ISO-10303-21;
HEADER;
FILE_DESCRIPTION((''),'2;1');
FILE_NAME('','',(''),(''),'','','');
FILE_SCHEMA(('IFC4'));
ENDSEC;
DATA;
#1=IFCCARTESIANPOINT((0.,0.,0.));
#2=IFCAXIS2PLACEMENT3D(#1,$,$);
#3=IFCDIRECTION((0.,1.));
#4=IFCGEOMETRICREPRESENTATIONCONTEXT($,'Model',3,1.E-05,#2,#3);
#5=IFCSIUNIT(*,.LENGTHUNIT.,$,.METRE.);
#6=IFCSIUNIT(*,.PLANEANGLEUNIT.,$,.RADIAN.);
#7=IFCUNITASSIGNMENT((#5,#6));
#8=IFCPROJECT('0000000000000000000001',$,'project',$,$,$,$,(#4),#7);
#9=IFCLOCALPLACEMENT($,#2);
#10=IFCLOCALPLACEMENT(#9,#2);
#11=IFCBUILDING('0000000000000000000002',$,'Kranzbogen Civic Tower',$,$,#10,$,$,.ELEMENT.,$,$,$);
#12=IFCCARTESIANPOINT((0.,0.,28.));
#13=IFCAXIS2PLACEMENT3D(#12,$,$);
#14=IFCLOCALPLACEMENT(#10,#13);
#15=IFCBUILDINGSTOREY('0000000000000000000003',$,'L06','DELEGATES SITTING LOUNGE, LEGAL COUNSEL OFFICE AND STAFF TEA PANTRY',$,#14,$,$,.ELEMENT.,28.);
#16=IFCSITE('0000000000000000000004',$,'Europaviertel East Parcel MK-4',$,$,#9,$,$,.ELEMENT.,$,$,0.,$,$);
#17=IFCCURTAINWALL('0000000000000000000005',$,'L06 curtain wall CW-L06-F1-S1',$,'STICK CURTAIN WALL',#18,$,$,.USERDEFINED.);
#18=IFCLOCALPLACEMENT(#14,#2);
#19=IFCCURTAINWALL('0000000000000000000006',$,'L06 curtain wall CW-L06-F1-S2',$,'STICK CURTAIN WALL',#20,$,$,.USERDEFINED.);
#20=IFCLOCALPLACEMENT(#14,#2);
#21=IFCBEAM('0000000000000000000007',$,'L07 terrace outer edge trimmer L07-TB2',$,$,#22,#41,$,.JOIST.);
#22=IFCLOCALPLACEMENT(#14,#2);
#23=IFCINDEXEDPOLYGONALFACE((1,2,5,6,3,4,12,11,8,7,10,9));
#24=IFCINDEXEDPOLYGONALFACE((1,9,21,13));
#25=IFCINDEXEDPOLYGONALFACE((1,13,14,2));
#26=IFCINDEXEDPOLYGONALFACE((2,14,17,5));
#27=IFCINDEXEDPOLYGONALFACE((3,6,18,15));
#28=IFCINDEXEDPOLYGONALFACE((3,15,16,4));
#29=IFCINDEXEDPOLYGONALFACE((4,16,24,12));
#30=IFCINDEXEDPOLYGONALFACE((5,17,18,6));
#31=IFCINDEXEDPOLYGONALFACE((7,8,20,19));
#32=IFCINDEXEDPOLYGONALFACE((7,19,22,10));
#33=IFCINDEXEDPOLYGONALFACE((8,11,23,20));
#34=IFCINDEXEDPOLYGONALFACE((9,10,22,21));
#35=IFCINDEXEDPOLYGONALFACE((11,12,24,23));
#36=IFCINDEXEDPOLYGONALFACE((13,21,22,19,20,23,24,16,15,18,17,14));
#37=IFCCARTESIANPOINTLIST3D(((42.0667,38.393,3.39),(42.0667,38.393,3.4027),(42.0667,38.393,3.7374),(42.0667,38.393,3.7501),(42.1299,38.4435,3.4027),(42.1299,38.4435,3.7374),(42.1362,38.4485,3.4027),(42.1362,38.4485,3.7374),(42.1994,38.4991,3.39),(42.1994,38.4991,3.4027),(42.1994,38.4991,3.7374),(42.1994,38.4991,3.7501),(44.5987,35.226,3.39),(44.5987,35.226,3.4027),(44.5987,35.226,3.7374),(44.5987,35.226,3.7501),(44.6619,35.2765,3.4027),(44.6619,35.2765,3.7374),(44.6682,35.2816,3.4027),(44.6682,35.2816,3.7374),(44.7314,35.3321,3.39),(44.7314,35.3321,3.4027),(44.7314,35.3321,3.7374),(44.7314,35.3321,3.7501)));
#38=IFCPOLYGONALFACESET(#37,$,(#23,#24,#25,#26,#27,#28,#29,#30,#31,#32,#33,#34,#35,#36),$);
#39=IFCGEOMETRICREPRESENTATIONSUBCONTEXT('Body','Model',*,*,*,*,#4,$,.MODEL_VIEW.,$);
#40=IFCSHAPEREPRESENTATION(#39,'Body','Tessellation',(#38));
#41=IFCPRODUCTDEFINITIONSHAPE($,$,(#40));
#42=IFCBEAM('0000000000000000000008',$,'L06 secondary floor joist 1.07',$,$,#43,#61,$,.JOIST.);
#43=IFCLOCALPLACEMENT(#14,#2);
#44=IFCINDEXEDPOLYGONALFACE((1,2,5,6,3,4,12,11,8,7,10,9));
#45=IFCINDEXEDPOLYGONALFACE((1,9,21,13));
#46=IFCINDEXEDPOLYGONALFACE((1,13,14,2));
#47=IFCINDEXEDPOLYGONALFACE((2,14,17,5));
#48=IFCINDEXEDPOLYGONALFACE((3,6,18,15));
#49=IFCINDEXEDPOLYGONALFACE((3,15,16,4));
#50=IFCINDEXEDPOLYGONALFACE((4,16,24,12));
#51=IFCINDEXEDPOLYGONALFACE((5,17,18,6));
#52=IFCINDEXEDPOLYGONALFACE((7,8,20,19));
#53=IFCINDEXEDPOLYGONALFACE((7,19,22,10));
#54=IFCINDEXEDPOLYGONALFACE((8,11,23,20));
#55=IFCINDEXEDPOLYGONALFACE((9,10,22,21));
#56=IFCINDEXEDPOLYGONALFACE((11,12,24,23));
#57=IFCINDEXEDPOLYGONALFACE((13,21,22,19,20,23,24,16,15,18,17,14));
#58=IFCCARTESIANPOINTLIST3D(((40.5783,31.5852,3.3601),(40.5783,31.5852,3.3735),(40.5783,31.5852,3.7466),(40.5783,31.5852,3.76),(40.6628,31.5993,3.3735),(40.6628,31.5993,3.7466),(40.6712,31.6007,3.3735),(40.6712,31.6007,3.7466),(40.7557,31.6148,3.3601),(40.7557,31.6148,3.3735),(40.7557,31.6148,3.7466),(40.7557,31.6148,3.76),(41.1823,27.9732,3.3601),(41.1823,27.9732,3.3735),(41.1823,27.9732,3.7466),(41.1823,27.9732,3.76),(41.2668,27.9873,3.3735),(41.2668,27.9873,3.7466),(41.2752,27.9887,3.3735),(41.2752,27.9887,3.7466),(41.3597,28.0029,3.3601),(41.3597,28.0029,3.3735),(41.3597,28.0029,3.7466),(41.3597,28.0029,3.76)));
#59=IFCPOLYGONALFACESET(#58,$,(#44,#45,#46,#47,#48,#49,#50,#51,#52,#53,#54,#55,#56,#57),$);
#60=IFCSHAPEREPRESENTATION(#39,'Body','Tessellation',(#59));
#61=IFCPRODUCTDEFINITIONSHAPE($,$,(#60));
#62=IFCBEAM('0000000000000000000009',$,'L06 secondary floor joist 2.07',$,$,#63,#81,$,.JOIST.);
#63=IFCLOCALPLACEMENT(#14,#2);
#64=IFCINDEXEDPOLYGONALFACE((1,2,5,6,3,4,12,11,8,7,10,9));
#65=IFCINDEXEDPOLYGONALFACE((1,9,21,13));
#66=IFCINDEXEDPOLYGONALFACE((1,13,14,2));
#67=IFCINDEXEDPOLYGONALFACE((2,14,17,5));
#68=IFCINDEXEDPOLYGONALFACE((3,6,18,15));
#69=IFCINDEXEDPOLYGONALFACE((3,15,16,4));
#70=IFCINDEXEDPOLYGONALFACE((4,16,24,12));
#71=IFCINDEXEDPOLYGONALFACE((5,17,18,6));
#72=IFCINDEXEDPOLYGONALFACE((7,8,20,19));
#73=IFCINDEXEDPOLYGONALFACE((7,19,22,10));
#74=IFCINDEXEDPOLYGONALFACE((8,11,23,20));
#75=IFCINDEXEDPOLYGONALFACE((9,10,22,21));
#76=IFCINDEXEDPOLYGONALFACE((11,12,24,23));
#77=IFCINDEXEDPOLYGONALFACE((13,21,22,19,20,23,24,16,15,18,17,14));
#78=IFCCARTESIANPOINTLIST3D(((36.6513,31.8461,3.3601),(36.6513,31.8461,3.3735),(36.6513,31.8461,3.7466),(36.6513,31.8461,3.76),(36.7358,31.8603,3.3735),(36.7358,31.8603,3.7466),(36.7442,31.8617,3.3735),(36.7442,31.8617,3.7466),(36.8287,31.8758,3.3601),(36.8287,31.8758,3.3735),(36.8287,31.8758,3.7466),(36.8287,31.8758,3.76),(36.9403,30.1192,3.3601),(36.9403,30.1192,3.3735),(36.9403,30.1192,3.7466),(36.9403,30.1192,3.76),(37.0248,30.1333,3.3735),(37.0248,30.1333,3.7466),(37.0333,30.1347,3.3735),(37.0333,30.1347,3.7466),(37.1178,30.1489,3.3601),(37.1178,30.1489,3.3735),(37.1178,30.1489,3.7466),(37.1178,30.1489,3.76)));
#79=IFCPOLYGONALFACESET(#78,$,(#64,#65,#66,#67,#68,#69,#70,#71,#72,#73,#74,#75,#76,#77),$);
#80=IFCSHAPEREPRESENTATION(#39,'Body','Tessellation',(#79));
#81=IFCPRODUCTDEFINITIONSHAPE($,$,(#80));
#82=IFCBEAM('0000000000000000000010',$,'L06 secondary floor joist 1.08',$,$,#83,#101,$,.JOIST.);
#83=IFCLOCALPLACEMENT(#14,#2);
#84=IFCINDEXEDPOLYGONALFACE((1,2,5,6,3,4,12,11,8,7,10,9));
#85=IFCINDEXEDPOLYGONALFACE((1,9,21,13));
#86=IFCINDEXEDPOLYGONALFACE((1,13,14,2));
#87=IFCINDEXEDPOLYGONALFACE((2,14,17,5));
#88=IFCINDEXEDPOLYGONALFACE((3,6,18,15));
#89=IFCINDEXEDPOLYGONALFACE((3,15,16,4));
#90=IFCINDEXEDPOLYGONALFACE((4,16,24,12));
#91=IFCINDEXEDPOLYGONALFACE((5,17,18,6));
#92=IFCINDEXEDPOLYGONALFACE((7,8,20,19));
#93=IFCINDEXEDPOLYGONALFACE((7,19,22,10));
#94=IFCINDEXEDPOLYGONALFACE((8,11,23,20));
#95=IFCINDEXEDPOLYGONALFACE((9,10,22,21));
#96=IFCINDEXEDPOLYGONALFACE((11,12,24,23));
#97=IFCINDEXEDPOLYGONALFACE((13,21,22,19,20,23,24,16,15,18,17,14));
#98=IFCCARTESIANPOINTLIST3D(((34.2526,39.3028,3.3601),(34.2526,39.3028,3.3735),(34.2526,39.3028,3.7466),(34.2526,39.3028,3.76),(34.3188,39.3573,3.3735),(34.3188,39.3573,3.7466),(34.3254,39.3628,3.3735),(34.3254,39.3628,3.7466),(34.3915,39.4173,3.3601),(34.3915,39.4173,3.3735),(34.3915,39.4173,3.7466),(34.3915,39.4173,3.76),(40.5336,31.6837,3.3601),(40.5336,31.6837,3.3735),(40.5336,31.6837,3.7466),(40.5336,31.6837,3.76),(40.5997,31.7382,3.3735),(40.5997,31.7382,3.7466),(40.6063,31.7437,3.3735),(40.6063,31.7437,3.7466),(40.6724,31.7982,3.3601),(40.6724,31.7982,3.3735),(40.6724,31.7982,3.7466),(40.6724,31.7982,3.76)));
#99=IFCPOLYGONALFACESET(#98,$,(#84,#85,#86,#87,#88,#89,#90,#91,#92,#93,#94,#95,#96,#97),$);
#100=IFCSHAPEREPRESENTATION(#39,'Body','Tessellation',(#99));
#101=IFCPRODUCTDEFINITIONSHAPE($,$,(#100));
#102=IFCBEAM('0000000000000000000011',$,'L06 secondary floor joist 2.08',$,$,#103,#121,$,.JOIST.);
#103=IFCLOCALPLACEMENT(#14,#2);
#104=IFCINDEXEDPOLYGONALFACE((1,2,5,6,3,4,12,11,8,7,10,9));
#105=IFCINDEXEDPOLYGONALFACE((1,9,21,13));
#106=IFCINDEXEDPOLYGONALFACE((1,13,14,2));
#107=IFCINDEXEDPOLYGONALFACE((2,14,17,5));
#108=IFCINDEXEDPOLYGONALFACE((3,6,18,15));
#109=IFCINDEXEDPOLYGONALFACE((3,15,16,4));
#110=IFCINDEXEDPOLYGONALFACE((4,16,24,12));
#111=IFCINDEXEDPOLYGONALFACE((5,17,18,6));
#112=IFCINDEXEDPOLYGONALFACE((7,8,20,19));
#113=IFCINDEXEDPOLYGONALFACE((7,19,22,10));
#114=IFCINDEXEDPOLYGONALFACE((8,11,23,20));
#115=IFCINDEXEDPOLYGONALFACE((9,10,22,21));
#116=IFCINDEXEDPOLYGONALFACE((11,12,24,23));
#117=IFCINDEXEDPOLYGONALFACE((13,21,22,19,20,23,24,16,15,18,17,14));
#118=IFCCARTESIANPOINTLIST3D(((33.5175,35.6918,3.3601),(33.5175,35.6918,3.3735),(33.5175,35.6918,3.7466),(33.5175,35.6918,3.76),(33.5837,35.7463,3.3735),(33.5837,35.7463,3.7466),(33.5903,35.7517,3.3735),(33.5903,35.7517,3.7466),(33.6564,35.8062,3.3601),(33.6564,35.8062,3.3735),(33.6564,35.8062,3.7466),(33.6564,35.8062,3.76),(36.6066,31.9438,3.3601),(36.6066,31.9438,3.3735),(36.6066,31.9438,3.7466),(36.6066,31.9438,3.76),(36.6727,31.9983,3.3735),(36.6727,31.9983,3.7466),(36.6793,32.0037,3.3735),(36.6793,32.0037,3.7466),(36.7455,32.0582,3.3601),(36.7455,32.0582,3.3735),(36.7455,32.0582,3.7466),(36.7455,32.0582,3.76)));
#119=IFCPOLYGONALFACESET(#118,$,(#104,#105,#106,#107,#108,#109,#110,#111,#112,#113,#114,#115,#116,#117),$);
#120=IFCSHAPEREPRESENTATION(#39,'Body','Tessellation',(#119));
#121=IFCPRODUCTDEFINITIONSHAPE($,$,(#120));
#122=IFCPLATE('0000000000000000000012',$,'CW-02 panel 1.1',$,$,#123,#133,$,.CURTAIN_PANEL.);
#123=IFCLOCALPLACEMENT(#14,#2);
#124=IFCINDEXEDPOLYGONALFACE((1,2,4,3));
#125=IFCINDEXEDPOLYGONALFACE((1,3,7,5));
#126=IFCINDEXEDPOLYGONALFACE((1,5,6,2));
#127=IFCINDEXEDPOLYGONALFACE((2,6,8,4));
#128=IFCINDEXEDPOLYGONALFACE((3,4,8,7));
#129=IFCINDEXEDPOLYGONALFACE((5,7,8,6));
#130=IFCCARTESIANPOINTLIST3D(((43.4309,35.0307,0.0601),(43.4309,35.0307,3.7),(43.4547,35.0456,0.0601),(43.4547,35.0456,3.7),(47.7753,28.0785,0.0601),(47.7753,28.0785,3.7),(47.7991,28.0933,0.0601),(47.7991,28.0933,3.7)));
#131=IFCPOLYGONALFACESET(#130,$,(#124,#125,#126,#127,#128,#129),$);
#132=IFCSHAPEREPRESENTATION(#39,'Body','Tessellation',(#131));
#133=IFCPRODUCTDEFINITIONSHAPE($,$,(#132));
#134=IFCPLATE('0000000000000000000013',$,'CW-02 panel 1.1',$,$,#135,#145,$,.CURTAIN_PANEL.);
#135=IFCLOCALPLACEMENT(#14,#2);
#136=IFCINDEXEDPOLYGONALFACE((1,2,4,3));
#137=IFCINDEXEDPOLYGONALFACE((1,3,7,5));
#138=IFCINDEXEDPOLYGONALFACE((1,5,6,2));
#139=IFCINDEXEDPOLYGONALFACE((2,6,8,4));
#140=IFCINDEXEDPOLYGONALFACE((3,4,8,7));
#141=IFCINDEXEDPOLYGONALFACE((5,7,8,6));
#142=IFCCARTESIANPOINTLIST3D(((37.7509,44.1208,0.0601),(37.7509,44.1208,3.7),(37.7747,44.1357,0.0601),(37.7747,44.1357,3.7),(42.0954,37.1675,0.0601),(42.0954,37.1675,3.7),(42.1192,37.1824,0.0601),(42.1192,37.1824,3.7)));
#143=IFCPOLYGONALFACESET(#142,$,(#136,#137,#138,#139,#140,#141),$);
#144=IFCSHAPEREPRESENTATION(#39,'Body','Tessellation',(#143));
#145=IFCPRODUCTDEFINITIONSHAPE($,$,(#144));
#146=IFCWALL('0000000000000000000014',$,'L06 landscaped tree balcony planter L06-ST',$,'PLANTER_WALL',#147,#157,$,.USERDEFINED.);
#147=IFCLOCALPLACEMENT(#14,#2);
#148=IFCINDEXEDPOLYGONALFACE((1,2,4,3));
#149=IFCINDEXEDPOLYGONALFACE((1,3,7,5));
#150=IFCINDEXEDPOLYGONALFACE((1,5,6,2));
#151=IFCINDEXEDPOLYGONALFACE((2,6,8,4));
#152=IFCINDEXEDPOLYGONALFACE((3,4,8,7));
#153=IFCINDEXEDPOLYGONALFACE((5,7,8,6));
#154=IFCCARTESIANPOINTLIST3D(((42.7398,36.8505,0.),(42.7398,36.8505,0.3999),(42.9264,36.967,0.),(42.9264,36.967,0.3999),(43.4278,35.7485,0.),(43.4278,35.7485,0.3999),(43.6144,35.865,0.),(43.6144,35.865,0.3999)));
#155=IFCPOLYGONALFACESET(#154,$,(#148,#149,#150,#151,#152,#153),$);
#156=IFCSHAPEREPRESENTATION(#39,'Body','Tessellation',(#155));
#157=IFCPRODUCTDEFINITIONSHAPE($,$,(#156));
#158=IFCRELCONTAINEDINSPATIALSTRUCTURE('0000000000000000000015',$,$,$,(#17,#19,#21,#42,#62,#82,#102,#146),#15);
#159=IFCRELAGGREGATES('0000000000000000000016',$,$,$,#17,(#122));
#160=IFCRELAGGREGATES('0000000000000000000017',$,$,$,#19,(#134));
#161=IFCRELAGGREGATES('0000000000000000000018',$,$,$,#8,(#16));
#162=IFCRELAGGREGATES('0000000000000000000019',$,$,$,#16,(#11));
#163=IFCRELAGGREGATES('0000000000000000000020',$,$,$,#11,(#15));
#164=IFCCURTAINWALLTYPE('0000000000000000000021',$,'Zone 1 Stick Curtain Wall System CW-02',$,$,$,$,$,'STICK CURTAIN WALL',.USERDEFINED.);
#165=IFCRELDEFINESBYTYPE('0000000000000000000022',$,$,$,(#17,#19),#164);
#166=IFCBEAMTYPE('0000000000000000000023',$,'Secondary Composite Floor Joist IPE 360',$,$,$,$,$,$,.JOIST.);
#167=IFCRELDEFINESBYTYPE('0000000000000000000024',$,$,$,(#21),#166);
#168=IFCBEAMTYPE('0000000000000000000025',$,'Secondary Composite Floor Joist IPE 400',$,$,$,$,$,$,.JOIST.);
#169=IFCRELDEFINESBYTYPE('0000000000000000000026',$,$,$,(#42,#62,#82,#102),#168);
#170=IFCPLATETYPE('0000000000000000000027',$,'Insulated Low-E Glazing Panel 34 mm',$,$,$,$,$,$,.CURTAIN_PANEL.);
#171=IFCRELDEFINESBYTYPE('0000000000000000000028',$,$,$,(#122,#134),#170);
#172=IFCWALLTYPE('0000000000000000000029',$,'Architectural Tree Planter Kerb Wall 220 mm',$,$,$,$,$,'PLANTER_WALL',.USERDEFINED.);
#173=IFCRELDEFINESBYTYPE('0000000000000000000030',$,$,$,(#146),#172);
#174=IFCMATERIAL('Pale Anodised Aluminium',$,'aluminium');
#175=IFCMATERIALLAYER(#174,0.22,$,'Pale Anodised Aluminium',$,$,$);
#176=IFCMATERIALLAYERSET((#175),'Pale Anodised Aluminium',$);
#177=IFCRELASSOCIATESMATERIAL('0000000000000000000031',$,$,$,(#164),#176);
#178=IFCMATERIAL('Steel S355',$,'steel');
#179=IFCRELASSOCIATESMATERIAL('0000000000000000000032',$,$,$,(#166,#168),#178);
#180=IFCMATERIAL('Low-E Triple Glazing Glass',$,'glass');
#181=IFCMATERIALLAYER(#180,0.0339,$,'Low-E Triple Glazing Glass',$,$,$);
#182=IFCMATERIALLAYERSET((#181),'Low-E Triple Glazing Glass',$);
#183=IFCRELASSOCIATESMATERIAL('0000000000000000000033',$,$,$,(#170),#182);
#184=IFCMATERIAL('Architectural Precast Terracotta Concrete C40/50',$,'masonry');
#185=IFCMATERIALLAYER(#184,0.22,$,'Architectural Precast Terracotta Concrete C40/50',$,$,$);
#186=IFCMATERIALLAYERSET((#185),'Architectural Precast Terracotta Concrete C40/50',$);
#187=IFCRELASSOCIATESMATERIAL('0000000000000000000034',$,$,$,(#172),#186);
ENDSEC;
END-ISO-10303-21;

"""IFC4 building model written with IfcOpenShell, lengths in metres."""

from ifc_helpers import new_model, si_unit, direction, frame, frame_2d, origin, origin_2d, place, context, subcontext, project, spatial, rectangle, i_section, extrude, material, layer, layer_set, material_profile, profile_set, type_object, element, aggregate, save


model = new_model("IFC4")

# Units and contexts
model_context = context("Model", 3, precision=1e-05, world=origin(), true_north=direction((0.0, 1.0)))
body_context = subcontext(model_context, "Body", "Model", "MODEL_VIEW")
ifc_project = project(units=[si_unit("LENGTHUNIT", "METRE"), si_unit("PLANEANGLEUNIT", "RADIAN")], contexts=[model_context])

# Site, building, storey
site_placement = place(None, origin())
site = spatial("IfcSite", under=ifc_project, at=site_placement, Name="Europaviertel East Parcel MK-4", CompositionType="ELEMENT", RefElevation=0.0)
building_placement = place(site_placement, origin())
building = spatial("IfcBuilding", under=site, at=building_placement, Name="Kranzbogen Civic Tower", CompositionType="ELEMENT")
storey_placement = place(building_placement, frame((0.0, 0.0, 28.0)))
storey = spatial("IfcBuildingStorey", under=building, at=storey_placement, Name="L06", Description="DELEGATES SITTING LOUNGE, LEGAL COUNSEL OFFICE AND STAFF TEA PANTRY", CompositionType="ELEMENT", Elevation=28.0)

# Shared definitions
ifc_material_1 = material(Name="Steel S355", Category="steel")

# Curtain walls
ifc_material_2 = material(Name="Pale Anodised Aluminium", Category="aluminium")
ifc_layer_1 = layer(ifc_material_2, 0.22, Name="Pale Anodised Aluminium")
ifc_layer_set_1 = layer_set([ifc_layer_1], Name="Pale Anodised Aluminium")
curtain_wall_type = type_object("IfcCurtainWallType", Name="Zone 1 Stick Curtain Wall System CW-02", ElementType="STICK CURTAIN WALL", PredefinedType="USERDEFINED", material=ifc_layer_set_1)
curtain_wall_1_placement = place(storey_placement, origin())
curtain_wall_1 = element("IfcCurtainWall", 1, at=curtain_wall_1_placement, inside=storey, type_object=curtain_wall_type, Name="L06 curtain wall CW-L06-F1-S1", ObjectType="STICK CURTAIN WALL", PredefinedType="USERDEFINED")
curtain_wall_2_placement = place(storey_placement, origin())
curtain_wall_2 = element("IfcCurtainWall", 2, at=curtain_wall_2_placement, inside=storey, type_object=curtain_wall_type, Name="L06 curtain wall CW-L06-F1-S2", ObjectType="STICK CURTAIN WALL", PredefinedType="USERDEFINED")

# Beams
ifc_material_profile_1 = material_profile(ifc_material_1, i_section(OverallWidth=0.1699, OverallDepth=0.3601, WebThickness=0.0081, FlangeThickness=0.0127, at=origin_2d()), Name="IPE 360")
ifc_profile_set_1 = profile_set([ifc_material_profile_1], Name="Steel S355")
beam_type_1 = type_object("IfcBeamType", Name="Secondary Composite Floor Joist IPE 360", PredefinedType="JOIST", material=ifc_profile_set_1)
beam_1_placement = place(storey_placement, frame((44.665, 35.2791, 3.5701), z_axis=(-0.624453, 0.781063, 0.0), x_axis=(-0.781063, -0.624453, 0.0)))
element("IfcBeam", 3, at=beam_1_placement, inside=storey, type_object=beam_type_1, Name="L07 terrace outer edge trimmer L07-TB2", PredefinedType="JOIST", context=body_context, shape_type="SweptSolid", body=[
    extrude(i_section(OverallWidth=0.1699, OverallDepth=0.3601, WebThickness=0.0081, FlangeThickness=0.0127, at=origin_2d()), origin(), (0.0, 0.0, 1.0), 4.0547),
])
ifc_material_profile_2 = material_profile(ifc_material_1, i_section(OverallWidth=0.1799, OverallDepth=0.3999, WebThickness=0.0085, FlangeThickness=0.0134, at=origin_2d()), Name="IPE 400")
ifc_profile_set_2 = profile_set([ifc_material_profile_2], Name="Steel S355")
beam_type_2 = type_object("IfcBeamType", Name="Secondary Composite Floor Joist IPE 400", PredefinedType="JOIST", material=ifc_profile_set_2)
beam_2_placement = place(storey_placement, frame((41.271, 27.988, 3.5601), z_axis=(-0.164929, 0.986305, 0.0), x_axis=(-0.986305, -0.164929, 0.0)))
element("IfcBeam", 4, at=beam_2_placement, inside=storey, type_object=beam_type_2, Name="L06 secondary floor joist 1.07", PredefinedType="JOIST", context=body_context, shape_type="SweptSolid", body=[
    extrude(i_section(OverallWidth=0.1799, OverallDepth=0.3999, WebThickness=0.0085, FlangeThickness=0.0134, at=origin_2d()), origin(), (0.0, 0.0, 1.0), 3.6621),
])
beam_3_placement = place(storey_placement, frame((37.0291, 30.134, 3.5601), z_axis=(-0.165077, 0.986281, 0.0), x_axis=(-0.986281, -0.165077, 0.0)))
element("IfcBeam", 5, at=beam_3_placement, inside=storey, type_object=beam_type_2, Name="L06 secondary floor joist 2.07", PredefinedType="JOIST", context=body_context, shape_type="SweptSolid", body=[
    extrude(i_section(OverallWidth=0.1799, OverallDepth=0.3999, WebThickness=0.0085, FlangeThickness=0.0134, at=origin_2d()), origin(), (0.0, 0.0, 1.0), 1.751),
])
beam_4_placement = place(storey_placement, frame((40.603, 31.741, 3.5601), z_axis=(-0.636095, 0.771611, 0.0), x_axis=(-0.771611, -0.636095, 0.0)))
element("IfcBeam", 6, at=beam_4_placement, inside=storey, type_object=beam_type_2, Name="L06 secondary floor joist 1.08", PredefinedType="JOIST", context=body_context, shape_type="SweptSolid", body=[
    extrude(i_section(OverallWidth=0.1799, OverallDepth=0.3999, WebThickness=0.0085, FlangeThickness=0.0134, at=origin_2d()), origin(), (0.0, 0.0, 1.0), 9.8743),
])
beam_5_placement = place(storey_placement, frame((36.676, 32.001, 3.5601), z_axis=(-0.636012, 0.771679, 0.0), x_axis=(-0.771679, -0.636012, 0.0)))
element("IfcBeam", 7, at=beam_5_placement, inside=storey, type_object=beam_type_2, Name="L06 secondary floor joist 2.08", PredefinedType="JOIST", context=body_context, shape_type="SweptSolid", body=[
    extrude(i_section(OverallWidth=0.1799, OverallDepth=0.3999, WebThickness=0.0085, FlangeThickness=0.0134, at=origin_2d()), origin(), (0.0, 0.0, 1.0), 4.8569),
])

# Plates
ifc_material_3 = material(Name="Low-E Triple Glazing Glass", Category="glass")
ifc_layer_2 = layer(ifc_material_3, 0.0339, Name="Low-E Triple Glazing Glass")
ifc_layer_set_2 = layer_set([ifc_layer_2], Name="Low-E Triple Glazing Glass")
plate_type = type_object("IfcPlateType", Name="Insulated Low-E Glazing Panel 34 mm", PredefinedType="CURTAIN_PANEL", material=ifc_layer_set_2)
plate_1_placement = place(storey_placement, frame((45.615, 31.562, 0.0601), z_axis=(0.0, 0.0, 1.0), x_axis=(-0.529934, 0.848039, 0.0)))
plate_1 = element("IfcPlate", 8, at=plate_1_placement, type_object=plate_type, Name="CW-02 panel 1.1", PredefinedType="CURTAIN_PANEL", context=body_context, shape_type="SweptSolid", body=[
    extrude(rectangle(XDim=8.198, YDim=0.0281, at=origin_2d()), origin(), (0.0, 0.0, 1.0), 3.6399),
])
aggregate(curtain_wall_1, [plate_1])
plate_2_placement = place(storey_placement, frame((39.9351, 40.6516, 0.0601), z_axis=(0.0, 0.0, 1.0), x_axis=(-0.52988, 0.848073, 0.0)))
plate_2 = element("IfcPlate", 9, at=plate_2_placement, type_object=plate_type, Name="CW-02 panel 1.1", PredefinedType="CURTAIN_PANEL", context=body_context, shape_type="SweptSolid", body=[
    extrude(rectangle(XDim=8.199, YDim=0.0281, at=origin_2d()), origin(), (0.0, 0.0, 1.0), 3.6399),
])
aggregate(curtain_wall_2, [plate_2])

# Wall
ifc_material_4 = material(Name="Architectural Precast Terracotta Concrete C40/50", Category="masonry")
ifc_layer_3 = layer(ifc_material_4, 0.22, Name="Architectural Precast Terracotta Concrete C40/50")
ifc_layer_set_3 = layer_set([ifc_layer_3], Name="Architectural Precast Terracotta Concrete C40/50")
wall_type_1 = type_object("IfcWallType", Name="Architectural Tree Planter Kerb Wall 220 mm", ElementType="PLANTER_WALL", PredefinedType="USERDEFINED", material=ifc_layer_set_3)
wall_1_placement = place(storey_placement, frame((43.521, 35.8069, 0.0), z_axis=(0.0, 0.0, 1.0), x_axis=(-0.52956, 0.848273, 0.0)))
element("IfcWall", 10, at=wall_1_placement, inside=storey, type_object=wall_type_1, Name="L06 landscaped tree balcony planter L06-ST", ObjectType="PLANTER_WALL", PredefinedType="USERDEFINED", context=body_context, shape_type="SweptSolid", body=[
    extrude(rectangle(XDim=1.2991, YDim=0.22, at=frame_2d((0.6494, 0.0))), origin(), (0.0, 0.0, 1.0), 0.3999),
])

save(model, "model.ifc")
